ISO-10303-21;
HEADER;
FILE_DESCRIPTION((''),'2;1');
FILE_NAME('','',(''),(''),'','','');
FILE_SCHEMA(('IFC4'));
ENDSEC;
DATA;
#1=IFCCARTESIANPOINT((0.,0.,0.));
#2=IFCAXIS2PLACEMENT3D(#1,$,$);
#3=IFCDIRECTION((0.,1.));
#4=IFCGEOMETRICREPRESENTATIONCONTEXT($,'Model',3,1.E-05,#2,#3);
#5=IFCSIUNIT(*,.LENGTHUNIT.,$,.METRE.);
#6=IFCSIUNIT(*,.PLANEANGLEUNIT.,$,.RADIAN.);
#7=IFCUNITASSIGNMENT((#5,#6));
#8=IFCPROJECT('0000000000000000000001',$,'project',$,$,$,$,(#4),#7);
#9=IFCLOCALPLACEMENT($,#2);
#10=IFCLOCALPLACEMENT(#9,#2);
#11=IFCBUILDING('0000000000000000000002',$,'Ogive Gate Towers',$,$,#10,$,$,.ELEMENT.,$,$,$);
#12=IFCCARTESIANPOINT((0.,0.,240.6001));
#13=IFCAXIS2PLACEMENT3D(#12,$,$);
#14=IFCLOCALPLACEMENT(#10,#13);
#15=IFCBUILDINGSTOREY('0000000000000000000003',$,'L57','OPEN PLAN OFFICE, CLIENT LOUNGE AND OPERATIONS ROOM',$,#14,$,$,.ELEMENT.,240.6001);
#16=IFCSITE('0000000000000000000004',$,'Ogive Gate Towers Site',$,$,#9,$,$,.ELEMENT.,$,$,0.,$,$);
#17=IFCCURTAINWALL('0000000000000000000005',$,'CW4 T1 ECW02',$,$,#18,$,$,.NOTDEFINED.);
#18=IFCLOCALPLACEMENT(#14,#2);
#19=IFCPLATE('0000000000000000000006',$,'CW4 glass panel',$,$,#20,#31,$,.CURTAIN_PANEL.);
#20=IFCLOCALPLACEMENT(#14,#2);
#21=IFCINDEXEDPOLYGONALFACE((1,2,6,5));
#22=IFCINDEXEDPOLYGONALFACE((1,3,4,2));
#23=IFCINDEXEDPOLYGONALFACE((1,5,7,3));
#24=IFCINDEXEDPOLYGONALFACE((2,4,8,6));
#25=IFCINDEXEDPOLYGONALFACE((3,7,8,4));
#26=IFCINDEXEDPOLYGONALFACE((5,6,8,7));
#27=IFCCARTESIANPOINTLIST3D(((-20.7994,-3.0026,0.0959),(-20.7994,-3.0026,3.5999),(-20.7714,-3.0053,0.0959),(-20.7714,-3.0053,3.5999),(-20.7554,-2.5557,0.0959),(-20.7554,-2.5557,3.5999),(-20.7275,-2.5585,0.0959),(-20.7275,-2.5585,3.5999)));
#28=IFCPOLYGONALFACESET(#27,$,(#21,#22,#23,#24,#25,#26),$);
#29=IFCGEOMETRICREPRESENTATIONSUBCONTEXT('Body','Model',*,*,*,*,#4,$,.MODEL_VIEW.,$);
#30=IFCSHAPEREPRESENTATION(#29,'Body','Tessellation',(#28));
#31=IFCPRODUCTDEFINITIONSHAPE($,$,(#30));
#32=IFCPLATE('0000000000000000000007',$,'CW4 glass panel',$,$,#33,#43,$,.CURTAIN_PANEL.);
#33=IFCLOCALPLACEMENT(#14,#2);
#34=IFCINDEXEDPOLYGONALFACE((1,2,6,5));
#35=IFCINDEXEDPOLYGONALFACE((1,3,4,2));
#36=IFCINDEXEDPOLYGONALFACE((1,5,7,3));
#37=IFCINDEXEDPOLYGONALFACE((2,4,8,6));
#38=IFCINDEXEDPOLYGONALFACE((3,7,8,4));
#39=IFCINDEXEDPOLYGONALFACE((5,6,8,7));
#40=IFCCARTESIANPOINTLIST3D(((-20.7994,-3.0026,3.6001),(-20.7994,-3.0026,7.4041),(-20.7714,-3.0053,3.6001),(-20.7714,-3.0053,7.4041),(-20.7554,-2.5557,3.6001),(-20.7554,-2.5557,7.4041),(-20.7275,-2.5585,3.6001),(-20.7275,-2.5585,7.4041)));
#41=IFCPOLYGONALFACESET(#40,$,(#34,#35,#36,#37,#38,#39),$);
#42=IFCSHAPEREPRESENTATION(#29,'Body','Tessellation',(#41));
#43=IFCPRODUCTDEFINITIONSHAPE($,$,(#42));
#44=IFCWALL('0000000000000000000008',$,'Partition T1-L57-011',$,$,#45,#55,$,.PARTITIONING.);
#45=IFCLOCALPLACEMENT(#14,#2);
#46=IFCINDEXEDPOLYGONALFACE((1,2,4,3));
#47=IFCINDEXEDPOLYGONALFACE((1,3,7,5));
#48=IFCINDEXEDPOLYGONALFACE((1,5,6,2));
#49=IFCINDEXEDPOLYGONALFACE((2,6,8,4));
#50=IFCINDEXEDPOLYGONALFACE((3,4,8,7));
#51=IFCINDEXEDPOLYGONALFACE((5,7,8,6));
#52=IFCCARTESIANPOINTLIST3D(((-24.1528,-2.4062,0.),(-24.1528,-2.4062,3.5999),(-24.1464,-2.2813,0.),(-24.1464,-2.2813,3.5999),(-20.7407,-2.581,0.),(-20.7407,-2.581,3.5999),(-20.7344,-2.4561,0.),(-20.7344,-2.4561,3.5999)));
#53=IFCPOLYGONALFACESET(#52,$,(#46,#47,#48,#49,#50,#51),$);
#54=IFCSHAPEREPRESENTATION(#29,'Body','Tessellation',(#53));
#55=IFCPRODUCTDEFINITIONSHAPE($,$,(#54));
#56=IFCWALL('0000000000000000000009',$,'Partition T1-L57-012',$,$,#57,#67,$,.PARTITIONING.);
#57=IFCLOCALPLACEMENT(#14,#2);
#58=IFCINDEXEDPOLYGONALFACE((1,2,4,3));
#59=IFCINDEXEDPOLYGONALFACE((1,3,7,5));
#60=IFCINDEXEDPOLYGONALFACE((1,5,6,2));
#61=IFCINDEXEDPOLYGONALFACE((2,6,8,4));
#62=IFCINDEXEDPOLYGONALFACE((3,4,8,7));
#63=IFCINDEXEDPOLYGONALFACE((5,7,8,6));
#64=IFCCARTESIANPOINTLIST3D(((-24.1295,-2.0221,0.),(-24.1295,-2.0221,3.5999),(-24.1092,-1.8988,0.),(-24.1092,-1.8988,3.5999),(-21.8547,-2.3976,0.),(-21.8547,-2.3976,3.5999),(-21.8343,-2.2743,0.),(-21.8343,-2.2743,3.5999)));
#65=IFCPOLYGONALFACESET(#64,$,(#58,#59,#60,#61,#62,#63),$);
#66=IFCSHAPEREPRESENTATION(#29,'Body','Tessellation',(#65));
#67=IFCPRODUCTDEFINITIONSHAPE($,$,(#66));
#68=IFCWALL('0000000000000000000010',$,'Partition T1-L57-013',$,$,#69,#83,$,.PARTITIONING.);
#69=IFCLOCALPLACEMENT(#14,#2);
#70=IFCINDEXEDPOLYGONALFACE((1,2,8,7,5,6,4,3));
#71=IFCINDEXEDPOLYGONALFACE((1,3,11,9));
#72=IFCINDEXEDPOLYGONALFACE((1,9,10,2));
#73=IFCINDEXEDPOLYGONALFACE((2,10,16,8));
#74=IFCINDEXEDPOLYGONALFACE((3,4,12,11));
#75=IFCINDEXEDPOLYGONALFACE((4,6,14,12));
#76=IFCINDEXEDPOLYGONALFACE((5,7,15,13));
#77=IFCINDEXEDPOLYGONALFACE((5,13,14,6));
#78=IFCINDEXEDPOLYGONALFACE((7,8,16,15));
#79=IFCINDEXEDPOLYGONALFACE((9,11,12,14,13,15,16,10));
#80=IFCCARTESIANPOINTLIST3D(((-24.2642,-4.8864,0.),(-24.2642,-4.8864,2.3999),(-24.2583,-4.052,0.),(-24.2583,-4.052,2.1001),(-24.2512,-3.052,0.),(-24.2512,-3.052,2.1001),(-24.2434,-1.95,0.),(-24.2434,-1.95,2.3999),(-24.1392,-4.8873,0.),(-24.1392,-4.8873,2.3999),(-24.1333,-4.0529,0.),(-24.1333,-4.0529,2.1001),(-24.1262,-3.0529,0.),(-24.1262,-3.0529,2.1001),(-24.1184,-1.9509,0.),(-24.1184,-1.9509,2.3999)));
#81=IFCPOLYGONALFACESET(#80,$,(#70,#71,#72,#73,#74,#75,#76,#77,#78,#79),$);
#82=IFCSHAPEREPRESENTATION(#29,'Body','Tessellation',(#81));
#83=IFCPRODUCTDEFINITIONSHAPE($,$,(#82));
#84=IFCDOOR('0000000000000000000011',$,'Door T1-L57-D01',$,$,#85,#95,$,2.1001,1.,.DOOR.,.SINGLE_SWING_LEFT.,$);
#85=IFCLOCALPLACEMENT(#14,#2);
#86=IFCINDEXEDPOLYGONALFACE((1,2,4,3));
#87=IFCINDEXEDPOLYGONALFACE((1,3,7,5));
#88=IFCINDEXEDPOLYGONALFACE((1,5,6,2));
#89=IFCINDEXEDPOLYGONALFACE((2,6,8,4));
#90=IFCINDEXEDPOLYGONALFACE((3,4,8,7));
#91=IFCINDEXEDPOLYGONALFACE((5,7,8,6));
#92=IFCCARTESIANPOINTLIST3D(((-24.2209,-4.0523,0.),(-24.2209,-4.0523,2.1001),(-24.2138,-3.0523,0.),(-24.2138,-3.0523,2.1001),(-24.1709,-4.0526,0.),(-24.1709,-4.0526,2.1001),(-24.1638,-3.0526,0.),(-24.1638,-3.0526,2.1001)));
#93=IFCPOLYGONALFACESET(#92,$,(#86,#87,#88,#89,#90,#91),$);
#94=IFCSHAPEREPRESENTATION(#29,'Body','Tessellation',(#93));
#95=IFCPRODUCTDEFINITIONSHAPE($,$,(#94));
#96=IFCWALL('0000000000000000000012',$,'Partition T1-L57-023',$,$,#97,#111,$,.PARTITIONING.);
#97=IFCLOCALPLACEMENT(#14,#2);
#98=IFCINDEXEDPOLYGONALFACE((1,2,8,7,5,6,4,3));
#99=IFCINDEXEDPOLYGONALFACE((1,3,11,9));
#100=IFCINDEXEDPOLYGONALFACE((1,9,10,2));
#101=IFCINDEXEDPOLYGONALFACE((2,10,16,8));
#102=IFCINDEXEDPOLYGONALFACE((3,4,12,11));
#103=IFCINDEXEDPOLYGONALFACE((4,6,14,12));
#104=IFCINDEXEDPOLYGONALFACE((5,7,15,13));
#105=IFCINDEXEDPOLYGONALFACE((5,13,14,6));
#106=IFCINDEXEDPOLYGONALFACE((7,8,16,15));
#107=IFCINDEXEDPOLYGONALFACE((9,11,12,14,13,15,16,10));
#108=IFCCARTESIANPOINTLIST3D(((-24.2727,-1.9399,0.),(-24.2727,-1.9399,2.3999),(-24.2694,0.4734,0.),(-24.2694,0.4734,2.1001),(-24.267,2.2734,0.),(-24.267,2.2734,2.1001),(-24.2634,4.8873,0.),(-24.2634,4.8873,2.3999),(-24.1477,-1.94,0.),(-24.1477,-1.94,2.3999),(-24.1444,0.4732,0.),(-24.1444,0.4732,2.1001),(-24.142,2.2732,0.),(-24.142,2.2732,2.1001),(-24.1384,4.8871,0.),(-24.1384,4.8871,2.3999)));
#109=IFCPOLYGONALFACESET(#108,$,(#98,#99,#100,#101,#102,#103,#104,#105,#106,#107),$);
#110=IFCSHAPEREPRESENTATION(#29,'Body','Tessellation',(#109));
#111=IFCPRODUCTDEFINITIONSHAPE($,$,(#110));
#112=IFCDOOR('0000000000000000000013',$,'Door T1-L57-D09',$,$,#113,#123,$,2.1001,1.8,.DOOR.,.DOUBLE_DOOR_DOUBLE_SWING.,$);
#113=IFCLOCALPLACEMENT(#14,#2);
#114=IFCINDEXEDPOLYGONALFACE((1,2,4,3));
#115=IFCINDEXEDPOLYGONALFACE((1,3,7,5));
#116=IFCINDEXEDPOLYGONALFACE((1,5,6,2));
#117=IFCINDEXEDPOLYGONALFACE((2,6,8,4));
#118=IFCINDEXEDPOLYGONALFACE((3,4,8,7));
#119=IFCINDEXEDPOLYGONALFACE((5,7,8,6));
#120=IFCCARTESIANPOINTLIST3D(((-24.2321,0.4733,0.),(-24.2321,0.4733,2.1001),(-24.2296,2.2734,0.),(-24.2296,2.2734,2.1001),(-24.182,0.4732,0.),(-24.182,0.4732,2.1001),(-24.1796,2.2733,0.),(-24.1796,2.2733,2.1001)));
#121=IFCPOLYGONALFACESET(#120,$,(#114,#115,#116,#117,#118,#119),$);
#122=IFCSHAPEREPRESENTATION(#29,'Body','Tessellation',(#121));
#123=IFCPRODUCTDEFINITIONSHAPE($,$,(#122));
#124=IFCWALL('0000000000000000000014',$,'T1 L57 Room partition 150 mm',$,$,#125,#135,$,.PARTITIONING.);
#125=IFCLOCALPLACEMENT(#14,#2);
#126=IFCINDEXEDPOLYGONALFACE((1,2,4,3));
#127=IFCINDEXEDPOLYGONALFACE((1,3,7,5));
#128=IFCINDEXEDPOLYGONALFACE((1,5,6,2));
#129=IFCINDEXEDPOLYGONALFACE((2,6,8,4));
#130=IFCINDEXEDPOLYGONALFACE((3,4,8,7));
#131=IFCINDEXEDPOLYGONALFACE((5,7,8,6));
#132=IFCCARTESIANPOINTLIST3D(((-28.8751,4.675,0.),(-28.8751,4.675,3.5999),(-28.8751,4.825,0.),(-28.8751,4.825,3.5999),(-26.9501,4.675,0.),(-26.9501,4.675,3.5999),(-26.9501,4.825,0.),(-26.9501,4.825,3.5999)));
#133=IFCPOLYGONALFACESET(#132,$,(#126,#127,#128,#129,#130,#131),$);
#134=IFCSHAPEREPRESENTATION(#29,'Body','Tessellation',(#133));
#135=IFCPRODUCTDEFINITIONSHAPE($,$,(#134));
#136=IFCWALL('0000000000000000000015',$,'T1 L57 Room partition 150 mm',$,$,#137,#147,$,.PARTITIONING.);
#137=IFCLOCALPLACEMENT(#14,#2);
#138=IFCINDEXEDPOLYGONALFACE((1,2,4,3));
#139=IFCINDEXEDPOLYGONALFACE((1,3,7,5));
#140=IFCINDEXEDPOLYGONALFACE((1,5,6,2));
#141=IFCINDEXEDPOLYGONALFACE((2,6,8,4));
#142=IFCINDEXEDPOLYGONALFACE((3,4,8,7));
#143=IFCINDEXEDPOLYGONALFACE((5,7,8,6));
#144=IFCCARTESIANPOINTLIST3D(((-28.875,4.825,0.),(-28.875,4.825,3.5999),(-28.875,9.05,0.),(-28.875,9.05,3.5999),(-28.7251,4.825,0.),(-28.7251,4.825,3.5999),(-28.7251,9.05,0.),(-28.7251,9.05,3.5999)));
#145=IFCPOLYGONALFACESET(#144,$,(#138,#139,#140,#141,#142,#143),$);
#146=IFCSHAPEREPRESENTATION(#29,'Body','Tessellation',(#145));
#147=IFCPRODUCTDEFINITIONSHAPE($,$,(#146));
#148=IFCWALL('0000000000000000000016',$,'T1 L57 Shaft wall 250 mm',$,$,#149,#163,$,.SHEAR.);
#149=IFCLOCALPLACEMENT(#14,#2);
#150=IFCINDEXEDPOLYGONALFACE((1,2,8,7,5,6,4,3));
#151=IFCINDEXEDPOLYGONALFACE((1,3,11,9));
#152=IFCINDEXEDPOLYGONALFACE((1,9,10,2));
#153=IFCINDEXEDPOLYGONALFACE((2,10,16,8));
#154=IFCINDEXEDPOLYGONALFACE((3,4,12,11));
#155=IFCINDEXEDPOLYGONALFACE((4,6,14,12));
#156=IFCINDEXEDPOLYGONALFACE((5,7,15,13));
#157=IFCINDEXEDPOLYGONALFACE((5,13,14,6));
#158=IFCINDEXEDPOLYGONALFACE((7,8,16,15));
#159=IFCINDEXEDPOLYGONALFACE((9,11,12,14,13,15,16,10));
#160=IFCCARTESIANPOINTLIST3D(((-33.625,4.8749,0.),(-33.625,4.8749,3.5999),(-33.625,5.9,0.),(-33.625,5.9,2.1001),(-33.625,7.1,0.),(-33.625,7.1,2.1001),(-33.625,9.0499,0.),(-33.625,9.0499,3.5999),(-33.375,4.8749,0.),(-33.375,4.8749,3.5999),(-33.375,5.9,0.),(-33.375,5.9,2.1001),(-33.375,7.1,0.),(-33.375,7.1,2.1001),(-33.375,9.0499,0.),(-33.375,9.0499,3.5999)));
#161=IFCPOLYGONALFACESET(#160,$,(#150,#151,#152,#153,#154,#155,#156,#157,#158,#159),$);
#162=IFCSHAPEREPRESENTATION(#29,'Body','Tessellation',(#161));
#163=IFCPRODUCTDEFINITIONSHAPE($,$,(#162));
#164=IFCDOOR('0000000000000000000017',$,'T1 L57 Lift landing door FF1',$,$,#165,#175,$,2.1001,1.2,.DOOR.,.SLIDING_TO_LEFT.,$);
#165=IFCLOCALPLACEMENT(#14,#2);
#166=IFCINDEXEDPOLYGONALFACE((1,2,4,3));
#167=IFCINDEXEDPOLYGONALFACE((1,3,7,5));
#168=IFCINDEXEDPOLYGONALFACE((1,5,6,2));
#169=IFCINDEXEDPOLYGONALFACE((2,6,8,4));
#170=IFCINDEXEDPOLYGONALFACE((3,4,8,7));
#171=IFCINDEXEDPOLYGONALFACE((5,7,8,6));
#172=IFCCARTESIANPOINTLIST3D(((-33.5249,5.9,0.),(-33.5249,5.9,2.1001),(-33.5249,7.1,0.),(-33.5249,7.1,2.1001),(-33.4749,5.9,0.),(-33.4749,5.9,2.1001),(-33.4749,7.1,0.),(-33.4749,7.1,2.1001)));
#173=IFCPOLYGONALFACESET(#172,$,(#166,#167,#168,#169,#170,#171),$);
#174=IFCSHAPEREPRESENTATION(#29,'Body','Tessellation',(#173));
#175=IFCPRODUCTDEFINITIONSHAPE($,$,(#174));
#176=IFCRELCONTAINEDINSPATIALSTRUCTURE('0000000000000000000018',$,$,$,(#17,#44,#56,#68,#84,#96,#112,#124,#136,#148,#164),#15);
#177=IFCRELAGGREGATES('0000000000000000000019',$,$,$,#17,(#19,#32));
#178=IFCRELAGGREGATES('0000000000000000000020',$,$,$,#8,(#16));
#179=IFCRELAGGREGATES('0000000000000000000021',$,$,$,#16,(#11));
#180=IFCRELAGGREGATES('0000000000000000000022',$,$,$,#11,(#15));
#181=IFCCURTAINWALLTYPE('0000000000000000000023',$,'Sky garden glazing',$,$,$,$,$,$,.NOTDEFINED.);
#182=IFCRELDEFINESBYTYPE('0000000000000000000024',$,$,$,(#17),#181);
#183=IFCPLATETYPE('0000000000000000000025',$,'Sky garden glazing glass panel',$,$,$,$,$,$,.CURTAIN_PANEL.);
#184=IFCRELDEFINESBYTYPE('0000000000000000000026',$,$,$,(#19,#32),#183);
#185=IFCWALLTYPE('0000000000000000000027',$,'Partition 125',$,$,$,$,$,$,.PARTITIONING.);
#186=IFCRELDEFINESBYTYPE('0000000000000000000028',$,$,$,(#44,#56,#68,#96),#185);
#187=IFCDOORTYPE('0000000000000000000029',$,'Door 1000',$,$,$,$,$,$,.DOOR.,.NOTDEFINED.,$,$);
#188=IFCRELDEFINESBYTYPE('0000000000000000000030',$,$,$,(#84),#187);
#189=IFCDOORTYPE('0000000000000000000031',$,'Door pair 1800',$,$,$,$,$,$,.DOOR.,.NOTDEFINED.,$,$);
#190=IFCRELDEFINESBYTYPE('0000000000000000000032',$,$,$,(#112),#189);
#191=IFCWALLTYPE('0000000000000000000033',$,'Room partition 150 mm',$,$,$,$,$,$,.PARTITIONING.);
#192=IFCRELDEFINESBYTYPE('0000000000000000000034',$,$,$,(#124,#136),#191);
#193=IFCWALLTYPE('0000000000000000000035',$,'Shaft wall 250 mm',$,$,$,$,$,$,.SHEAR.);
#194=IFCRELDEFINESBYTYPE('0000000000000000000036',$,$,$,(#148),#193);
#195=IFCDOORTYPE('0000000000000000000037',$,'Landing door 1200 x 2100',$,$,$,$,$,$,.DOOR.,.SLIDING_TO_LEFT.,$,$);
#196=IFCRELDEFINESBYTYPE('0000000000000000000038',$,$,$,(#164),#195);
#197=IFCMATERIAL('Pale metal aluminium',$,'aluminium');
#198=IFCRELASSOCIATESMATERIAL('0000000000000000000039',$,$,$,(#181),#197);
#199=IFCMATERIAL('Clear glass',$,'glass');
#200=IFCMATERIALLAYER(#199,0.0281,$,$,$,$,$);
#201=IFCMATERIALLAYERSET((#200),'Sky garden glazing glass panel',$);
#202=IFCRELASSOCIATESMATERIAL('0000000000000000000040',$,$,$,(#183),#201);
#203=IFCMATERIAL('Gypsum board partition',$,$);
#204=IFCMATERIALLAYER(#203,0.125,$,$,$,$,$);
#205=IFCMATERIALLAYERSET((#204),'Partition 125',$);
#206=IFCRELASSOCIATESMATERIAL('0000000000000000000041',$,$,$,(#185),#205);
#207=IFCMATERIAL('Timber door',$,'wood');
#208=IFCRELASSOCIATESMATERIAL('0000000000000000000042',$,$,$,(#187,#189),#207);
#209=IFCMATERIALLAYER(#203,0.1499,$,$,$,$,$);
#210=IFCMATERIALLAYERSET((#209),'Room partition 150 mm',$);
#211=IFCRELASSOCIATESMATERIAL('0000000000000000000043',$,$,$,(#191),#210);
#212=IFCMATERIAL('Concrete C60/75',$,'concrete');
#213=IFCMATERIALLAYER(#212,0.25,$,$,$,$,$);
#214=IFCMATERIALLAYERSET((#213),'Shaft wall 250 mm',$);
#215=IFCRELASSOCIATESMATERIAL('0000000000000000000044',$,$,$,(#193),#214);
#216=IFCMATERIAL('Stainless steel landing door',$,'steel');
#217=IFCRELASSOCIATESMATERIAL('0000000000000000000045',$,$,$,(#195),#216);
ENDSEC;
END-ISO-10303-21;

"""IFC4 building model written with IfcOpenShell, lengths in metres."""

from ifc_helpers import new_model, si_unit, direction, frame, frame_2d, origin, origin_2d, place, context, subcontext, project, spatial, rectangle, extrude, material, layer, layer_set, type_object, element, fill, aggregate, save


model = new_model("IFC4")

# Units and contexts
model_context = context("Model", 3, precision=1e-05, world=origin(), true_north=direction((0.0, 1.0)))
body_context = subcontext(model_context, "Body", "Model", "MODEL_VIEW")
ifc_project = project(units=[si_unit("LENGTHUNIT", "METRE"), si_unit("PLANEANGLEUNIT", "RADIAN")], contexts=[model_context])

# Site, building, storey
site_placement = place(None, origin())
site = spatial("IfcSite", under=ifc_project, at=site_placement, Name="Ogive Gate Towers Site", CompositionType="ELEMENT", RefElevation=0.0)
building_placement = place(site_placement, origin())
building = spatial("IfcBuilding", under=site, at=building_placement, Name="Ogive Gate Towers", CompositionType="ELEMENT")
storey_placement = place(building_placement, frame((0.0, 0.0, 240.6001)))
storey = spatial("IfcBuildingStorey", under=building, at=storey_placement, Name="L57", Description="OPEN PLAN OFFICE, CLIENT LOUNGE AND OPERATIONS ROOM", CompositionType="ELEMENT", Elevation=240.6001)

# Curtain wall
ifc_material_1 = material(Name="Pale metal aluminium", Category="aluminium")
curtain_wall_type = type_object("IfcCurtainWallType", Name="Sky garden glazing", PredefinedType="NOTDEFINED", material=ifc_material_1)
curtain_wall_placement = place(storey_placement, origin())
curtain_wall = element("IfcCurtainWall", 1, at=curtain_wall_placement, inside=storey, type_object=curtain_wall_type, Name="CW4 T1 ECW02", PredefinedType="NOTDEFINED")

# Plates
ifc_material_2 = material(Name="Clear glass", Category="glass")
ifc_layer_1 = layer(ifc_material_2, 0.0281)
ifc_layer_set_1 = layer_set([ifc_layer_1], Name="Sky garden glazing glass panel")
plate_type = type_object("IfcPlateType", Name="Sky garden glazing glass panel", PredefinedType="CURTAIN_PANEL", material=ifc_layer_set_1)
plate_1_placement = place(storey_placement, frame((-20.7634, -2.7805, 0.0959), z_axis=(0.0, 0.0, 1.0), x_axis=(-0.097896, -0.995197, 0.0)))
plate_1 = element("IfcPlate", 2, at=plate_1_placement, type_object=plate_type, Name="CW4 glass panel", PredefinedType="CURTAIN_PANEL", context=body_context, shape_type="SweptSolid", body=[
    extrude(rectangle(XDim=0.449, YDim=0.0281, at=origin_2d()), origin(), (0.0, 0.0, 1.0), 3.5039),
])
plate_2_placement = place(storey_placement, frame((-20.7634, -2.7805, 3.6001), z_axis=(0.0, 0.0, 1.0), x_axis=(-0.097896, -0.995197, 0.0)))
plate_2 = element("IfcPlate", 3, at=plate_2_placement, type_object=plate_type, Name="CW4 glass panel", PredefinedType="CURTAIN_PANEL", context=body_context, shape_type="SweptSolid", body=[
    extrude(rectangle(XDim=0.449, YDim=0.0281, at=origin_2d()), origin(), (0.0, 0.0, 1.0), 3.804),
])
aggregate(curtain_wall, [plate_1, plate_2])

# Walls
ifc_material_3 = material(Name="Gypsum board partition")
ifc_layer_2 = layer(ifc_material_3, 0.125)
ifc_layer_set_2 = layer_set([ifc_layer_2], Name="Partition 125")
wall_type_1 = type_object("IfcWallType", Name="Partition 125", PredefinedType="PARTITIONING", material=ifc_layer_set_2)
wall_1_placement = place(storey_placement, frame((-20.7375, -2.5186, 0.0), z_axis=(0.0, 0.0, 1.0), x_axis=(-0.99869, 0.051164, 0.0)))
element("IfcWall", 4, at=wall_1_placement, inside=storey, type_object=wall_type_1, Name="Partition T1-L57-011", PredefinedType="PARTITIONING", context=body_context, shape_type="SweptSolid", body=[
    extrude(rectangle(XDim=3.4165, YDim=0.125, at=frame_2d((1.7083, 0.0))), origin(), (0.0, 0.0, 1.0), 3.5999),
])
wall_2_placement = place(storey_placement, frame((-21.8445, -2.3359, 0.0), z_axis=(0.0, 0.0, 1.0), x_axis=(-0.98665, 0.162853, 0.0)))
element("IfcWall", 5, at=wall_2_placement, inside=storey, type_object=wall_type_1, Name="Partition T1-L57-012", PredefinedType="PARTITIONING", context=body_context, shape_type="SweptSolid", body=[
    extrude(rectangle(XDim=2.3057, YDim=0.125, at=frame_2d((1.1528, 0.0))), origin(), (0.0, 0.0, 1.0), 3.5999),
])

# Walls, openings, doors
wall_3_placement = place(storey_placement, frame((-24.1809, -1.9504, 0.0), z_axis=(0.0, 0.0, 1.0), x_axis=(-0.007067, -0.999975, 0.0)))
wall_3 = element("IfcWall", 6, at=wall_3_placement, inside=storey, type_object=wall_type_1, Name="Partition T1-L57-013", PredefinedType="PARTITIONING", context=body_context, shape_type="SweptSolid", body=[
    extrude(rectangle(XDim=2.9365, YDim=0.125, at=frame_2d((1.4683, 0.0))), origin(), (0.0, 0.0, 1.0), 2.3999),
])
opening_1_placement = place(wall_3_placement, frame((1.1021, 0.0, 0.0)))
opening_1 = element("IfcOpeningElement", 7, at=opening_1_placement, cuts=wall_3, PredefinedType="OPENING", context=body_context, shape_type="SweptSolid", body=[
    extrude(rectangle(XDim=1.0, YDim=2.1001, at=frame_2d((0.5, 1.05))), frame((0.0, 0.0725, 0.0), z_axis=(0.0, -1.0, 0.0), x_axis=(1.0, 0.0, 0.0)), (0.0, 0.0, 1.0), 0.145),
])
ifc_material_4 = material(Name="Timber door", Category="wood")
door_type_1 = type_object("IfcDoorType", Name="Door 1000", OperationType="NOTDEFINED", PredefinedType="DOOR", material=ifc_material_4)
door_1_placement = place(opening_1_placement, origin())
door_1 = element("IfcDoor", 8, at=door_1_placement, inside=storey, type_object=door_type_1, Name="Door T1-L57-D01", OperationType="SINGLE_SWING_LEFT", OverallHeight=2.1001, OverallWidth=1.0, PredefinedType="DOOR", context=body_context, shape_type="SweptSolid", body=[
    extrude(rectangle(XDim=1.0, YDim=2.1001, at=frame_2d((0.5, 1.05))), frame((0.0, 0.0249, 0.0), z_axis=(0.0, -1.0, 0.0), x_axis=(1.0, 0.0, 0.0)), (0.0, 0.0, 1.0), 0.05),
])
fill(opening_1, door_1)
wall_4_placement = place(storey_placement, frame((-24.2009, 4.8872, 0.0), z_axis=(0.0, 0.0, 1.0), x_axis=(-0.001359, -0.999999, 0.0)))
wall_4 = element("IfcWall", 9, at=wall_4_placement, inside=storey, type_object=wall_type_1, Name="Partition T1-L57-023", PredefinedType="PARTITIONING", context=body_context, shape_type="SweptSolid", body=[
    extrude(rectangle(XDim=6.8271, YDim=0.125, at=frame_2d((3.4136, 0.0))), origin(), (0.0, 0.0, 1.0), 2.3999),
])
opening_2_placement = place(wall_4_placement, frame((2.614, 0.0, 0.0)))
opening_2 = element("IfcOpeningElement", 10, at=opening_2_placement, cuts=wall_4, PredefinedType="OPENING", context=body_context, shape_type="SweptSolid", body=[
    extrude(rectangle(XDim=1.8, YDim=2.1001, at=frame_2d((0.8999, 1.05))), frame((0.0, 0.0725, 0.0), z_axis=(0.0, -1.0, 0.0), x_axis=(1.0, 0.0, 0.0)), (0.0, 0.0, 1.0), 0.145),
])
door_type_2 = type_object("IfcDoorType", Name="Door pair 1800", OperationType="NOTDEFINED", PredefinedType="DOOR", material=ifc_material_4)
door_2_placement = place(opening_2_placement, origin())
door_2 = element("IfcDoor", 11, at=door_2_placement, inside=storey, type_object=door_type_2, Name="Door T1-L57-D09", OperationType="DOUBLE_DOOR_DOUBLE_SWING", OverallHeight=2.1001, OverallWidth=1.8, PredefinedType="DOOR", context=body_context, shape_type="SweptSolid", body=[
    extrude(rectangle(XDim=1.8, YDim=2.1001, at=frame_2d((0.8999, 1.05))), frame((0.0, 0.0249, 0.0), z_axis=(0.0, -1.0, 0.0), x_axis=(1.0, 0.0, 0.0)), (0.0, 0.0, 1.0), 0.05),
])
fill(opening_2, door_2)

# Walls
ifc_layer_3 = layer(ifc_material_3, 0.1499)
ifc_layer_set_3 = layer_set([ifc_layer_3], Name="Room partition 150 mm")
wall_type_2 = type_object("IfcWallType", Name="Room partition 150 mm", PredefinedType="PARTITIONING", material=ifc_layer_set_3)
wall_5_placement = place(storey_placement, frame((-28.875, 4.75, 0.0), z_axis=(0.0, 0.0, 1.0), x_axis=(1.0, 0.0, 0.0)))
element("IfcWall", 12, at=wall_5_placement, inside=storey, type_object=wall_type_2, Name="T1 L57 Room partition 150 mm", PredefinedType="PARTITIONING", context=body_context, shape_type="SweptSolid", body=[
    extrude(rectangle(XDim=1.925, YDim=0.1499, at=frame_2d((0.9624, 0.0))), origin(), (0.0, 0.0, 1.0), 3.5999),
])
wall_6_placement = place(storey_placement, frame((-28.8, 4.825, 0.0), z_axis=(0.0, 0.0, 1.0), x_axis=(0.0, 1.0, 0.0)))
element("IfcWall", 13, at=wall_6_placement, inside=storey, type_object=wall_type_2, Name="T1 L57 Room partition 150 mm", PredefinedType="PARTITIONING", context=body_context, shape_type="SweptSolid", body=[
    extrude(rectangle(XDim=4.2251, YDim=0.1499, at=frame_2d((2.1125, 0.0))), origin(), (0.0, 0.0, 1.0), 3.5999),
])

# Wall, opening, door
ifc_material_5 = material(Name="Concrete C60/75", Category="concrete")
ifc_layer_4 = layer(ifc_material_5, 0.25)
ifc_layer_set_4 = layer_set([ifc_layer_4], Name="Shaft wall 250 mm")
wall_type_3 = type_object("IfcWallType", Name="Shaft wall 250 mm", PredefinedType="SHEAR", material=ifc_layer_set_4)
wall_7_placement = place(storey_placement, frame((-33.5, 4.875, 0.0), z_axis=(0.0, 0.0, 1.0), x_axis=(0.0, 1.0, 0.0)))
wall_7 = element("IfcWall", 14, at=wall_7_placement, inside=storey, type_object=wall_type_3, Name="T1 L57 Shaft wall 250 mm", PredefinedType="SHEAR", context=body_context, shape_type="SweptSolid", body=[
    extrude(rectangle(XDim=4.175, YDim=0.25, at=frame_2d((2.0874, 0.0))), origin(), (0.0, 0.0, 1.0), 3.5999),
])
opening_3_placement = place(wall_7_placement, frame((1.0249, 0.0, 0.0)))
opening_3 = element("IfcOpeningElement", 15, at=opening_3_placement, cuts=wall_7, PredefinedType="OPENING", context=body_context, shape_type="SweptSolid", body=[
    extrude(rectangle(XDim=1.2, YDim=2.1001, at=frame_2d((0.6001, 1.05))), frame((0.0, 0.135, 0.0), z_axis=(0.0, -1.0, 0.0), x_axis=(1.0, 0.0, 0.0)), (0.0, 0.0, 1.0), 0.27),
])
ifc_material_6 = material(Name="Stainless steel landing door", Category="steel")
door_type_3 = type_object("IfcDoorType", Name="Landing door 1200 x 2100", OperationType="SLIDING_TO_LEFT", PredefinedType="DOOR", material=ifc_material_6)
door_3_placement = place(opening_3_placement, origin())
door_3 = element("IfcDoor", 16, at=door_3_placement, inside=storey, type_object=door_type_3, Name="T1 L57 Lift landing door FF1", OperationType="SLIDING_TO_LEFT", OverallHeight=2.1001, OverallWidth=1.2, PredefinedType="DOOR", context=body_context, shape_type="SweptSolid", body=[
    extrude(rectangle(XDim=1.2, YDim=2.1001, at=frame_2d((0.6001, 1.05))), frame((0.0, 0.0249, 0.0), z_axis=(0.0, -1.0, 0.0), x_axis=(1.0, 0.0, 0.0)), (0.0, 0.0, 1.0), 0.05),
])
fill(opening_3, door_3)

save(model, "model.ifc")
